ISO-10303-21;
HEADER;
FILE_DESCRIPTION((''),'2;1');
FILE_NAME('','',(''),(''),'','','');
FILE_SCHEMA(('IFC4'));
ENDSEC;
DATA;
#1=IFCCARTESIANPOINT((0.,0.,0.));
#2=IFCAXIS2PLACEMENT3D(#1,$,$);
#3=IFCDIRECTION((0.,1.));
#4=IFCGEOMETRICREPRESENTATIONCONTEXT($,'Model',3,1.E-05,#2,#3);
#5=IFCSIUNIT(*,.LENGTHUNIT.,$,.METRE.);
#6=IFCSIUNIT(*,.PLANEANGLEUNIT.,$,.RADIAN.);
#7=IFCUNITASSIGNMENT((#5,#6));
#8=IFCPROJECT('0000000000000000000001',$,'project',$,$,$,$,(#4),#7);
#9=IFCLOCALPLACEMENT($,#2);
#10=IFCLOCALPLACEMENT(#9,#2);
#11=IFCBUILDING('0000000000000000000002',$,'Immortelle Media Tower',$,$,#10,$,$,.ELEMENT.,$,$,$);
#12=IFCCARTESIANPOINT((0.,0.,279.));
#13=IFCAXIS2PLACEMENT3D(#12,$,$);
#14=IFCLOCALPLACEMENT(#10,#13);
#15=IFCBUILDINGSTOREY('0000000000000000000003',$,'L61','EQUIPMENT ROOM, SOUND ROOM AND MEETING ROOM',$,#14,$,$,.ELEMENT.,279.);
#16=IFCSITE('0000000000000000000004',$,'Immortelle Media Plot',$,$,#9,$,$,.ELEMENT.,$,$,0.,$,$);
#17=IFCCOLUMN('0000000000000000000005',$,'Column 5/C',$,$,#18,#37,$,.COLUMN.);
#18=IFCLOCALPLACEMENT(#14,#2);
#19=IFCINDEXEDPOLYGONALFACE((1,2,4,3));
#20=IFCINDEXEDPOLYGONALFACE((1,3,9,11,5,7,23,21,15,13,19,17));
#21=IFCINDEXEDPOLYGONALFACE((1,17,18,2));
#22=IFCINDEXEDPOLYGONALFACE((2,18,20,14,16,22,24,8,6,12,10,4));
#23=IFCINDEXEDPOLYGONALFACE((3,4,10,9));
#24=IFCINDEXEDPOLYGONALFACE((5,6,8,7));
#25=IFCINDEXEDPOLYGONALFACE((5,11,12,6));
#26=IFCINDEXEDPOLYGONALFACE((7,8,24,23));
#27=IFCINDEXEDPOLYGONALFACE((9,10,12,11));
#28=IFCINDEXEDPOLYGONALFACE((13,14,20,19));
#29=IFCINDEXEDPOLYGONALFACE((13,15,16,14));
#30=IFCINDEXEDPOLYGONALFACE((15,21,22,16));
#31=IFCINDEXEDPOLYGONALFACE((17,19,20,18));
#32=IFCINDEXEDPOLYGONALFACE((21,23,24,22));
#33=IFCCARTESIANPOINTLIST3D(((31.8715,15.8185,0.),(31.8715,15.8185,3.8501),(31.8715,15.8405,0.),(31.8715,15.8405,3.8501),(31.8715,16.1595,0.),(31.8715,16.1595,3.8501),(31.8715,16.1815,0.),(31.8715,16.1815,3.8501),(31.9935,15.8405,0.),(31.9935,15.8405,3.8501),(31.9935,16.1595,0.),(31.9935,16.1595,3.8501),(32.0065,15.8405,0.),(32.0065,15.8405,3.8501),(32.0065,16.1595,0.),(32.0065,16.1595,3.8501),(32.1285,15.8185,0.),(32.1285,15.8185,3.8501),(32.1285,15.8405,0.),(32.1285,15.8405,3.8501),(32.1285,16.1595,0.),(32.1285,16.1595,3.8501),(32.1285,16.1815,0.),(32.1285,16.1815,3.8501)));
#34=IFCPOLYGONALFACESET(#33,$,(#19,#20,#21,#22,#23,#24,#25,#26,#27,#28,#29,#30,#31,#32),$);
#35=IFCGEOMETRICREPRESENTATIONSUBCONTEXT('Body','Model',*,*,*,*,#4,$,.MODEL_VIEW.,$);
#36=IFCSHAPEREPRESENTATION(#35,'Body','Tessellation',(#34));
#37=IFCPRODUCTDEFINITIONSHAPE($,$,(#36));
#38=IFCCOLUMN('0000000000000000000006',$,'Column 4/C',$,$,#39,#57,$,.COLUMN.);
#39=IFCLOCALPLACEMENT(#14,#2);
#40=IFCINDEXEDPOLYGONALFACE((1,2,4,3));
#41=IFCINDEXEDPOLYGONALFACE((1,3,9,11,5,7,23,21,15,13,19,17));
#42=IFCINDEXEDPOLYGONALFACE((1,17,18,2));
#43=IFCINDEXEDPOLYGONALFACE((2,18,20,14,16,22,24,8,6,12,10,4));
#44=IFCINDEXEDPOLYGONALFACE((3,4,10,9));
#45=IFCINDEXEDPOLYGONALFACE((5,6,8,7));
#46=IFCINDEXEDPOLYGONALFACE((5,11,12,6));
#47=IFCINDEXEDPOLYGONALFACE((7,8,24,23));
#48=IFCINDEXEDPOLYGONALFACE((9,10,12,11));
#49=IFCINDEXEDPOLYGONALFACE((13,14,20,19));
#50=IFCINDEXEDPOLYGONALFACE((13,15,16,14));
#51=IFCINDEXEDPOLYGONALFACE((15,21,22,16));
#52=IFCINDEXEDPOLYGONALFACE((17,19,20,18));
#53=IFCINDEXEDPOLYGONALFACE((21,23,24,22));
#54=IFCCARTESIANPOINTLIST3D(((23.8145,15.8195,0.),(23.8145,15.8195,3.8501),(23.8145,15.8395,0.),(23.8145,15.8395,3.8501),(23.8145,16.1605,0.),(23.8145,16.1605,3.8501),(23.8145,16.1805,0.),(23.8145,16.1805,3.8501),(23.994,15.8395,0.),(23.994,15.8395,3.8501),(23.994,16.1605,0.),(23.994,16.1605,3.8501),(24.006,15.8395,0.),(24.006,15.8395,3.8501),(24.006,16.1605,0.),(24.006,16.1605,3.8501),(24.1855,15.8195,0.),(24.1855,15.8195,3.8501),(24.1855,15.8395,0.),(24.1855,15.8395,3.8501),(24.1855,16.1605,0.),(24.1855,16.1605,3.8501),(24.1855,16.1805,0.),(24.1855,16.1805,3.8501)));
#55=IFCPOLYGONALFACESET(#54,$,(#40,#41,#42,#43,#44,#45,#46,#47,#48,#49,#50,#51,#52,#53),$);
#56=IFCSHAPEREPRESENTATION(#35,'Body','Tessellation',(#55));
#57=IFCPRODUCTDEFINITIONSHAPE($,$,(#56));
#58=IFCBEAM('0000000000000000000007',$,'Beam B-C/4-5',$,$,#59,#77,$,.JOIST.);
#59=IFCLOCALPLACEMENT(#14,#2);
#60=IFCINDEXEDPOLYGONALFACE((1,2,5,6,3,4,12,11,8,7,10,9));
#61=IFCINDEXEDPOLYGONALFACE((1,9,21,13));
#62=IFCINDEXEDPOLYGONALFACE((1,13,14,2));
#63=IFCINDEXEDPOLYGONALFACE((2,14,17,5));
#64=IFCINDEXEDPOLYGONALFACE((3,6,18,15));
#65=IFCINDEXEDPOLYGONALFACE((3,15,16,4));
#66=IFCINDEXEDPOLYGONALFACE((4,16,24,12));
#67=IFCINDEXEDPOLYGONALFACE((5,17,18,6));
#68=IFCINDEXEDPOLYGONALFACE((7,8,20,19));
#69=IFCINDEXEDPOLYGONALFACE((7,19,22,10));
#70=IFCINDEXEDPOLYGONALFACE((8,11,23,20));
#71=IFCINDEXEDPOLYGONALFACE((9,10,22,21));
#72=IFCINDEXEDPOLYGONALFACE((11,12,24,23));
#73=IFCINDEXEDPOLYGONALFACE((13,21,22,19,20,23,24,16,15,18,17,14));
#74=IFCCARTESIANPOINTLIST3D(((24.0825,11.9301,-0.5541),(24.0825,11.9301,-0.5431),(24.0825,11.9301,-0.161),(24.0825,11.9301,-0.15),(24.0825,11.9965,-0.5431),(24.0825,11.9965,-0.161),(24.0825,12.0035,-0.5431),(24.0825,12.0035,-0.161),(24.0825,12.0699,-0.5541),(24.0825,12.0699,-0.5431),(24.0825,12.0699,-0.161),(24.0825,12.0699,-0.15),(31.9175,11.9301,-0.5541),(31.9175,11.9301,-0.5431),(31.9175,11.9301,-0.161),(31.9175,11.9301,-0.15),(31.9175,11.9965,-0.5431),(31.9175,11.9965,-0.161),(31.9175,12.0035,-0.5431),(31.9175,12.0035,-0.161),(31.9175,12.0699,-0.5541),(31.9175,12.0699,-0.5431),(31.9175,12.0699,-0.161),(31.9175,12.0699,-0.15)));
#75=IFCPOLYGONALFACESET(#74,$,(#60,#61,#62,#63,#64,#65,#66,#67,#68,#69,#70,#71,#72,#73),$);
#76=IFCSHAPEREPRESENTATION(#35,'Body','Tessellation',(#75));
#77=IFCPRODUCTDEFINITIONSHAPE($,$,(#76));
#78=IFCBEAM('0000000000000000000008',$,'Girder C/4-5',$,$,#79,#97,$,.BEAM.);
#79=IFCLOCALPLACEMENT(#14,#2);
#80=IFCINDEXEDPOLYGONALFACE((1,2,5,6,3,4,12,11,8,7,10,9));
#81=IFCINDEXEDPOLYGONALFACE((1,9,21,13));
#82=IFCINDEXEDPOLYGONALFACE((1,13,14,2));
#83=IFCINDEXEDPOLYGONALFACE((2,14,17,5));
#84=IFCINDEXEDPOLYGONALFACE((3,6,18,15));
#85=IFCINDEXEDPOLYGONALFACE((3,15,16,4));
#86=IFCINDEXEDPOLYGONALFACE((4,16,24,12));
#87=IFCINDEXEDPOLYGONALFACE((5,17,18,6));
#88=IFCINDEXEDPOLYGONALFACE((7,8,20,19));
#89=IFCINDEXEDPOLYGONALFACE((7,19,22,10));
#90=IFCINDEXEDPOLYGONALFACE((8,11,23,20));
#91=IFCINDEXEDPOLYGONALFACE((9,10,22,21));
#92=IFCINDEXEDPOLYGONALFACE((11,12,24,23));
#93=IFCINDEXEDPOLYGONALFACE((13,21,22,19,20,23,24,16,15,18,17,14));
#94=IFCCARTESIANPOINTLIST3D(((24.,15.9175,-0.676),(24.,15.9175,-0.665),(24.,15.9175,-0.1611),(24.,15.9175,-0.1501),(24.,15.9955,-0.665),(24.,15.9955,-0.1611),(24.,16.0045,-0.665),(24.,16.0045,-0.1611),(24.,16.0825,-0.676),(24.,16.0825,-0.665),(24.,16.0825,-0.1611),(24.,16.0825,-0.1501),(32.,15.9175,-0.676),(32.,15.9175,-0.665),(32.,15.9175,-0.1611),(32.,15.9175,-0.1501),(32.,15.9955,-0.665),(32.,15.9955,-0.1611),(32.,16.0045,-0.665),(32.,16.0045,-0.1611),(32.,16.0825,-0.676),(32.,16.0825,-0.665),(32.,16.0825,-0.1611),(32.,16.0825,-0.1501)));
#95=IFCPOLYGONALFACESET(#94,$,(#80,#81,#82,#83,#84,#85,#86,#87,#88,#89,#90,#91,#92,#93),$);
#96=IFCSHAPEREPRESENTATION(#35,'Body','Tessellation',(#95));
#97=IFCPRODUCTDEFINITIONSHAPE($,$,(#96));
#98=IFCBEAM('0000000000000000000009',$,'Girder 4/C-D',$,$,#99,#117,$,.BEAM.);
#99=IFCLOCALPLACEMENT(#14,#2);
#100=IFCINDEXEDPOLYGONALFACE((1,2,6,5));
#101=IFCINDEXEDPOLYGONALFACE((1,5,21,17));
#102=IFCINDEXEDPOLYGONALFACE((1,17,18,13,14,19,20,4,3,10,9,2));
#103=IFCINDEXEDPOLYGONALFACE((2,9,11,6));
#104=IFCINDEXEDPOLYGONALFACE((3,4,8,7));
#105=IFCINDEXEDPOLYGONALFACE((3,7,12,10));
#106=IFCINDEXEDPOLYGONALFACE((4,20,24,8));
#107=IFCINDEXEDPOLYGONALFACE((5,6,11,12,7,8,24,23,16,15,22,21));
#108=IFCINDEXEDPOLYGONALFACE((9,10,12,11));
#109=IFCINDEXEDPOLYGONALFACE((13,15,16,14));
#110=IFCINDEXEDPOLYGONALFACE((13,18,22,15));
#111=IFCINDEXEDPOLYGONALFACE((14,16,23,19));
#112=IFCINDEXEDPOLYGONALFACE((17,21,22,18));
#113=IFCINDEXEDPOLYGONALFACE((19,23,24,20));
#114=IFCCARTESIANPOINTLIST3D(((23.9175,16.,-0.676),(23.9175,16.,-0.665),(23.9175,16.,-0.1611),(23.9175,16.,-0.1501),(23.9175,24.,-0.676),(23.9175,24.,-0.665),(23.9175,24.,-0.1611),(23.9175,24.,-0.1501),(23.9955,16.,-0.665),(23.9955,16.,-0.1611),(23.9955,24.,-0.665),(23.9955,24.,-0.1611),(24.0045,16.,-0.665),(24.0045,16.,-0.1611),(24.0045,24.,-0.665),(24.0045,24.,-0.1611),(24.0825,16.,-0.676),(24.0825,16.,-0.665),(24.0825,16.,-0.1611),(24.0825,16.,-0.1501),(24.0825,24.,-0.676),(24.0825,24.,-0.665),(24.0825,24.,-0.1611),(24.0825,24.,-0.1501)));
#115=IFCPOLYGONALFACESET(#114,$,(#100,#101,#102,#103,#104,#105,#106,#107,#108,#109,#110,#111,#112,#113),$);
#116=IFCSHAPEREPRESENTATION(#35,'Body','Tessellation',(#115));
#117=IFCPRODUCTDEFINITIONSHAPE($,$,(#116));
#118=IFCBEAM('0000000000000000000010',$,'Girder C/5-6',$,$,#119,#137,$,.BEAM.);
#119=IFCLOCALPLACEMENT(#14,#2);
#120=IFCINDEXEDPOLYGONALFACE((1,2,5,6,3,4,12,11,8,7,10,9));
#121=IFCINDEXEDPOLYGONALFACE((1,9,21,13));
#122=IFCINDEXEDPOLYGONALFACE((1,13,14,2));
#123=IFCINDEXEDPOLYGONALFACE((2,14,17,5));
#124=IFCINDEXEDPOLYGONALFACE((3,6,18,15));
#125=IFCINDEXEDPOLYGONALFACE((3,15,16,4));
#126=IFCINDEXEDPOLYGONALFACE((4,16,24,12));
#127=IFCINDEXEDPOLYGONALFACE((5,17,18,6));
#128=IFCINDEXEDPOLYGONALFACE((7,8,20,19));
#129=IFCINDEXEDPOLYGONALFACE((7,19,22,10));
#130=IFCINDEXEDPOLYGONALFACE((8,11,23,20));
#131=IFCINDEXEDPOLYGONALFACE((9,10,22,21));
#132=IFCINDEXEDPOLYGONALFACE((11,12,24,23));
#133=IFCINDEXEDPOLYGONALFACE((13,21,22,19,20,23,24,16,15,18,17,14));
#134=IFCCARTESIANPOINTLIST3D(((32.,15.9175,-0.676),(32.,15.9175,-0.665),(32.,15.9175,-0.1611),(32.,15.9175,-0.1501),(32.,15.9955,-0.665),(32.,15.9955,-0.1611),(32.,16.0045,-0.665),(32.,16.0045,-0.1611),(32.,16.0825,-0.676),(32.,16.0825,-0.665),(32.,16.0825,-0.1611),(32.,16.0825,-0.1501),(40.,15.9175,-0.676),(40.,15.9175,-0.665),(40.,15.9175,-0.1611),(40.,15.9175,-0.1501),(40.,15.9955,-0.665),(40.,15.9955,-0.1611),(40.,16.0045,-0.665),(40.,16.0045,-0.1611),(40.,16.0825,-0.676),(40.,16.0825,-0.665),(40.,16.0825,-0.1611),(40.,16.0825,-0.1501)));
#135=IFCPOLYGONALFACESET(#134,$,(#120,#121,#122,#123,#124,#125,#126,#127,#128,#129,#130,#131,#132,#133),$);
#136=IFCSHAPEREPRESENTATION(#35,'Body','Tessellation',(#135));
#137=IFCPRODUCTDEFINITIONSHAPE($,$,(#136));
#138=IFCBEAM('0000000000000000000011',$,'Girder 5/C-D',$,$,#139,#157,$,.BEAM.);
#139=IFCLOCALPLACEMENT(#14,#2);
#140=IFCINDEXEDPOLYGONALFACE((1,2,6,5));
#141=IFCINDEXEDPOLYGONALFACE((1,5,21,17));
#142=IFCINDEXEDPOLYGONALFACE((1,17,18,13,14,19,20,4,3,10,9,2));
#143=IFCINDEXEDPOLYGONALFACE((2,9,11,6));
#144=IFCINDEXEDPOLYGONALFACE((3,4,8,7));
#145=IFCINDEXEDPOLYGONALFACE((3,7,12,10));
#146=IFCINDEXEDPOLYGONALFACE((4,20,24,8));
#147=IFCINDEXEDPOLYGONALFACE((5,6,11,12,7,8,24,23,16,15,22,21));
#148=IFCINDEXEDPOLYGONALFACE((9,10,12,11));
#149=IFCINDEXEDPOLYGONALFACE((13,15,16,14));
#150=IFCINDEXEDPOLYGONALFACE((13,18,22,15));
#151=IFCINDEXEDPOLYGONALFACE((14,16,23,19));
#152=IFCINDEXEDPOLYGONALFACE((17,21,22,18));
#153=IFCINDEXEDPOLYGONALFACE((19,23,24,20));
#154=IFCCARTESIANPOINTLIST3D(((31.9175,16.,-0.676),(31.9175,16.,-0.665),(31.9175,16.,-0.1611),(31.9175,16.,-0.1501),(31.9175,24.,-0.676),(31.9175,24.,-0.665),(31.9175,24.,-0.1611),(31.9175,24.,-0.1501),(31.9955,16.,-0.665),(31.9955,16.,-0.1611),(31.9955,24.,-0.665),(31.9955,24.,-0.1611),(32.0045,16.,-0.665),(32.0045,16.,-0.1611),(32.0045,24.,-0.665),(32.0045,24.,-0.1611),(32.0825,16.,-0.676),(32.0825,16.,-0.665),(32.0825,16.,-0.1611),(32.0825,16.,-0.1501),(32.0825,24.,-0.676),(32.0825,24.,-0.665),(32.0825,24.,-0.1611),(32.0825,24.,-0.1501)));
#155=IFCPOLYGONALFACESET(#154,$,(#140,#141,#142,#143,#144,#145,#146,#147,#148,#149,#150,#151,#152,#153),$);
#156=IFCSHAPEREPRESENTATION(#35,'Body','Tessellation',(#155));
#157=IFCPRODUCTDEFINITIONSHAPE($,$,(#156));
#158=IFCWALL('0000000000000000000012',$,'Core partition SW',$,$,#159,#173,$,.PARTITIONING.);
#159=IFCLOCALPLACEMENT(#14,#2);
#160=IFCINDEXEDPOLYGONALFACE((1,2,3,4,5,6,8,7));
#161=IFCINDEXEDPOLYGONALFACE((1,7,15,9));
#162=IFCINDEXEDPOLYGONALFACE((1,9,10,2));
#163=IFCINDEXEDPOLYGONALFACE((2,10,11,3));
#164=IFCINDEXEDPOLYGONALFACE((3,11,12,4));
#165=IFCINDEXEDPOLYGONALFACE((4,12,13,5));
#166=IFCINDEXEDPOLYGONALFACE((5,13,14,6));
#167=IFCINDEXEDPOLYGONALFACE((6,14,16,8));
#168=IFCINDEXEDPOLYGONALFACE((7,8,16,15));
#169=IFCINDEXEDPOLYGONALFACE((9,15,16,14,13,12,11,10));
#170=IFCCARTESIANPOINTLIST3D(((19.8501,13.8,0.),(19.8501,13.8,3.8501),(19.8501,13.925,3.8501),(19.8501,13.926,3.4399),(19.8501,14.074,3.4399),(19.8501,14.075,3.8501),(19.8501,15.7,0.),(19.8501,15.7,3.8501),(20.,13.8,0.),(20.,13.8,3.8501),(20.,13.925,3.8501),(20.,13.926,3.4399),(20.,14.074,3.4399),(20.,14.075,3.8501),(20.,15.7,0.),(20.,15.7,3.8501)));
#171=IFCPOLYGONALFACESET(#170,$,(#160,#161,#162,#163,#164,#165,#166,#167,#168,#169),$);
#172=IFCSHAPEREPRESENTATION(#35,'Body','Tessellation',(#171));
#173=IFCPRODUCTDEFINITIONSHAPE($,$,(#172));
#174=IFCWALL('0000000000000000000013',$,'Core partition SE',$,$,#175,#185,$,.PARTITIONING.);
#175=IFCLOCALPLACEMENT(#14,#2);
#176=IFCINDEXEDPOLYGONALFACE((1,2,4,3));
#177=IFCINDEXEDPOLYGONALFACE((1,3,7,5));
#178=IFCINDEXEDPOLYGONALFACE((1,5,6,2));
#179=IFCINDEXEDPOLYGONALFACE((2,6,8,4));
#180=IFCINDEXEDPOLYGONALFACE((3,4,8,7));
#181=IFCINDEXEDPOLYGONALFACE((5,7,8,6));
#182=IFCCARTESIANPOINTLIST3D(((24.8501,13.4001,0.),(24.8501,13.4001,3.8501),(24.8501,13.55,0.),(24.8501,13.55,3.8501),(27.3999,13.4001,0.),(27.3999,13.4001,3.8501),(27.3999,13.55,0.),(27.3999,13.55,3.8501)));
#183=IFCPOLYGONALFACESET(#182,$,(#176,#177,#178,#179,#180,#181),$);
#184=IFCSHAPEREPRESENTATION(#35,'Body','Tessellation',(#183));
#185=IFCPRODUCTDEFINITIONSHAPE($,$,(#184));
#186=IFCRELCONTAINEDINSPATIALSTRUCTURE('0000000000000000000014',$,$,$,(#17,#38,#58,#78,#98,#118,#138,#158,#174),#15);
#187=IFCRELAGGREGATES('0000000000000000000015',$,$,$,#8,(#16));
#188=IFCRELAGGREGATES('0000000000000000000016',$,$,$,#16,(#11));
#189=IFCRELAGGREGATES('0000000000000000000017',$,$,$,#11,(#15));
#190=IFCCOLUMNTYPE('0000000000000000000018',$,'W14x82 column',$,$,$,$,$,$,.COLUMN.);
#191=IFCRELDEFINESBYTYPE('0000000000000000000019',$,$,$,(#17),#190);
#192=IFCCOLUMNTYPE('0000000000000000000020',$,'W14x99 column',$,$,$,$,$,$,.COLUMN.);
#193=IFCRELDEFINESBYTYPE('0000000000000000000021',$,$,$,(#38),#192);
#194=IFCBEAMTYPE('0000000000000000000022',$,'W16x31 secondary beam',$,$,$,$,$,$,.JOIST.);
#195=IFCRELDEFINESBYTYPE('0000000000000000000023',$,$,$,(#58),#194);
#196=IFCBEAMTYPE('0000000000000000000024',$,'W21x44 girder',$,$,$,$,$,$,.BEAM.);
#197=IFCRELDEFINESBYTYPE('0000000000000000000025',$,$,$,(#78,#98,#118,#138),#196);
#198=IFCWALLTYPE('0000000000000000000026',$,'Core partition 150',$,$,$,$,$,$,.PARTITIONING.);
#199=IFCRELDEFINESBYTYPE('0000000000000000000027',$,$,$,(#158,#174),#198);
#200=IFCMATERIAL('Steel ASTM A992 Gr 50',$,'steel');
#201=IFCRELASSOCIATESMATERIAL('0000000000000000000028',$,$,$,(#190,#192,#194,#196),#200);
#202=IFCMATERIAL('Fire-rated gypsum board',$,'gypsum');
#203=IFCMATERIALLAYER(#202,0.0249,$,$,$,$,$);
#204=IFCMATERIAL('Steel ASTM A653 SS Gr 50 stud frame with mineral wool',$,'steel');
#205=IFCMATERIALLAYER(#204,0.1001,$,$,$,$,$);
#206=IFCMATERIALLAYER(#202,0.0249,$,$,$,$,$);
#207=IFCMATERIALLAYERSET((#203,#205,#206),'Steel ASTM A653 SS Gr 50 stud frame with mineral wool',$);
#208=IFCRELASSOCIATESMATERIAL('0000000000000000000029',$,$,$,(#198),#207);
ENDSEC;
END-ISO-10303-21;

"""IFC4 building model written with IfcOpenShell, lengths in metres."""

from ifc_helpers import new_model, si_unit, direction, frame, frame_2d, origin, origin_2d, place, context, subcontext, project, spatial, polyline, rectangle, i_section, outline, extrude, material, layer, layer_set, material_profile, profile_set, type_object, element, save


model = new_model("IFC4")

# Units and contexts
model_context = context("Model", 3, precision=1e-05, world=origin(), true_north=direction((0.0, 1.0)))
body_context = subcontext(model_context, "Body", "Model", "MODEL_VIEW")
ifc_project = project(units=[si_unit("LENGTHUNIT", "METRE"), si_unit("PLANEANGLEUNIT", "RADIAN")], contexts=[model_context])

# Site, building, storey
site_placement = place(None, origin())
site = spatial("IfcSite", under=ifc_project, at=site_placement, Name="Immortelle Media Plot", CompositionType="ELEMENT", RefElevation=0.0)
building_placement = place(site_placement, origin())
building = spatial("IfcBuilding", under=site, at=building_placement, Name="Immortelle Media Tower", CompositionType="ELEMENT")
storey_placement = place(building_placement, frame((0.0, 0.0, 279.0)))
storey = spatial("IfcBuildingStorey", under=building, at=storey_placement, Name="L61", Description="EQUIPMENT ROOM, SOUND ROOM AND MEETING ROOM", CompositionType="ELEMENT", Elevation=279.0)

# Columns
ifc_material_1 = material(Name="Steel ASTM A992 Gr 50", Category="steel")
ifc_material_profile_1 = material_profile(ifc_material_1, i_section(OverallWidth=0.2571, OverallDepth=0.363, WebThickness=0.0129, FlangeThickness=0.022, at=origin_2d()), Name="W14x82")
ifc_profile_set_1 = profile_set([ifc_material_profile_1], Name="Steel ASTM A992 Gr 50")
column_type_1 = type_object("IfcColumnType", Name="W14x82 column", PredefinedType="COLUMN", material=ifc_profile_set_1)
column_1_placement = place(storey_placement, frame((32.0, 16.0, 0.0), z_axis=(0.0, 0.0, 1.0), x_axis=(1.0, 0.0, 0.0)))
element("IfcColumn", 1, at=column_1_placement, inside=storey, type_object=column_type_1, Name="Column 5/C", PredefinedType="COLUMN", context=body_context, shape_type="SweptSolid", body=[
    extrude(i_section(OverallWidth=0.2571, OverallDepth=0.363, WebThickness=0.0129, FlangeThickness=0.022, at=origin_2d()), origin(), (0.0, 0.0, 1.0), 3.8501),
])
ifc_material_profile_2 = material_profile(ifc_material_1, i_section(OverallWidth=0.3711, OverallDepth=0.3611, WebThickness=0.012, FlangeThickness=0.02, at=origin_2d()), Name="W14x99")
ifc_profile_set_2 = profile_set([ifc_material_profile_2], Name="Steel ASTM A992 Gr 50")
column_type_2 = type_object("IfcColumnType", Name="W14x99 column", PredefinedType="COLUMN", material=ifc_profile_set_2)
column_2_placement = place(storey_placement, frame((24.0, 16.0, 0.0), z_axis=(0.0, 0.0, 1.0), x_axis=(1.0, 0.0, 0.0)))
element("IfcColumn", 2, at=column_2_placement, inside=storey, type_object=column_type_2, Name="Column 4/C", PredefinedType="COLUMN", context=body_context, shape_type="SweptSolid", body=[
    extrude(i_section(OverallWidth=0.3711, OverallDepth=0.3611, WebThickness=0.012, FlangeThickness=0.02, at=origin_2d()), origin(), (0.0, 0.0, 1.0), 3.8501),
])

# Beams
ifc_material_profile_3 = material_profile(ifc_material_1, i_section(OverallWidth=0.1399, OverallDepth=0.4041, WebThickness=0.0071, FlangeThickness=0.011, at=origin_2d()), Name="W16x31")
ifc_profile_set_3 = profile_set([ifc_material_profile_3], Name="Steel ASTM A992 Gr 50")
beam_type_1 = type_object("IfcBeamType", Name="W16x31 secondary beam", PredefinedType="JOIST", material=ifc_profile_set_3)
beam_placement = place(storey_placement, frame((24.0825, 12.0, -0.3521), z_axis=(1.0, 0.0, 0.0), x_axis=(0.0, 1.0, 0.0)))
element("IfcBeam", 3, at=beam_placement, inside=storey, type_object=beam_type_1, Name="Beam B-C/4-5", PredefinedType="JOIST", context=body_context, shape_type="SweptSolid", body=[
    extrude(i_section(OverallWidth=0.1399, OverallDepth=0.4041, WebThickness=0.0071, FlangeThickness=0.011, at=origin_2d()), origin(), (0.0, 0.0, 1.0), 7.835),
])
ifc_material_profile_4 = material_profile(ifc_material_1, i_section(OverallWidth=0.165, OverallDepth=0.5259, WebThickness=0.009, FlangeThickness=0.011, at=origin_2d()), Name="W21x44")
ifc_profile_set_4 = profile_set([ifc_material_profile_4], Name="Steel ASTM A992 Gr 50")
beam_type_2 = type_object("IfcBeamType", Name="W21x44 girder", PredefinedType="BEAM", material=ifc_profile_set_4)
for number, where, z_axis, x_axis, name in (
    (4, (24.0, 16.0, -0.4131), (1.0, 0.0, 0.0), (0.0, 1.0, 0.0), "Girder C/4-5"),
    (5, (24.0, 16.0, -0.4131), (0.0, 1.0, 0.0), (-1.0, 0.0, 0.0), "Girder 4/C-D"),
    (6, (32.0, 16.0, -0.4131), (1.0, 0.0, 0.0), (0.0, 1.0, 0.0), "Girder C/5-6"),
    (7, (32.0, 16.0, -0.4131), (0.0, 1.0, 0.0), (-1.0, 0.0, 0.0), "Girder 5/C-D"),
):
    element("IfcBeam", number, at=place(storey_placement, frame(where, z_axis=z_axis, x_axis=x_axis)), inside=storey, type_object=beam_type_2, Name=name, PredefinedType="BEAM", context=body_context, shape_type="SweptSolid", body=[
        extrude(i_section(OverallWidth=0.165, OverallDepth=0.5259, WebThickness=0.009, FlangeThickness=0.011, at=origin_2d()), origin(), (0.0, 0.0, 1.0), 8.0),
    ])

# Walls
ifc_material_2 = material(Name="Fire-rated gypsum board", Category="gypsum")
ifc_layer_1 = layer(ifc_material_2, 0.0249)
ifc_material_3 = material(Name="Steel ASTM A653 SS Gr 50 stud frame with mineral wool", Category="steel")
ifc_layer_2 = layer(ifc_material_3, 0.1001)
ifc_layer_3 = layer(ifc_material_2, 0.0249)
ifc_layer_set_1 = layer_set([ifc_layer_1, ifc_layer_2, ifc_layer_3], Name="Steel ASTM A653 SS Gr 50 stud frame with mineral wool")
wall_type_1 = type_object("IfcWallType", Name="Core partition 150", PredefinedType="PARTITIONING", material=ifc_layer_set_1)
wall_1_placement = place(storey_placement, frame((19.925, 13.8, 0.0), z_axis=(0.0, 0.0, 1.0), x_axis=(0.0, 1.0, 0.0)))
element("IfcWall", 8, at=wall_1_placement, inside=storey, type_object=wall_type_1, Name="Core partition SW", PredefinedType="PARTITIONING", context=body_context, shape_type="SweptSolid", body=[
    extrude(outline(polyline([(0.0, 0.0), (1.8999, 0.0), (1.8999, 3.8501), (0.2749, 3.8501), (0.2739, 3.4399), (0.126, 3.4399), (0.125, 3.8501), (0.0, 3.8501), (0.0, 0.0)])), frame((0.0, 0.075, 0.0), z_axis=(0.0, -1.0, 0.0), x_axis=(1.0, 0.0, 0.0)), (0.0, 0.0, 1.0), 0.1499),
])
wall_2_placement = place(storey_placement, frame((24.8501, 13.4751, 0.0), z_axis=(0.0, 0.0, 1.0), x_axis=(1.0, 0.0, 0.0)))
element("IfcWall", 9, at=wall_2_placement, inside=storey, type_object=wall_type_1, Name="Core partition SE", PredefinedType="PARTITIONING", context=body_context, shape_type="SweptSolid", body=[
    extrude(rectangle(XDim=2.5498, YDim=0.1499, at=frame_2d((1.2749, 0.0))), origin(), (0.0, 0.0, 1.0), 3.8501),
])

save(model, "model.ifc")
